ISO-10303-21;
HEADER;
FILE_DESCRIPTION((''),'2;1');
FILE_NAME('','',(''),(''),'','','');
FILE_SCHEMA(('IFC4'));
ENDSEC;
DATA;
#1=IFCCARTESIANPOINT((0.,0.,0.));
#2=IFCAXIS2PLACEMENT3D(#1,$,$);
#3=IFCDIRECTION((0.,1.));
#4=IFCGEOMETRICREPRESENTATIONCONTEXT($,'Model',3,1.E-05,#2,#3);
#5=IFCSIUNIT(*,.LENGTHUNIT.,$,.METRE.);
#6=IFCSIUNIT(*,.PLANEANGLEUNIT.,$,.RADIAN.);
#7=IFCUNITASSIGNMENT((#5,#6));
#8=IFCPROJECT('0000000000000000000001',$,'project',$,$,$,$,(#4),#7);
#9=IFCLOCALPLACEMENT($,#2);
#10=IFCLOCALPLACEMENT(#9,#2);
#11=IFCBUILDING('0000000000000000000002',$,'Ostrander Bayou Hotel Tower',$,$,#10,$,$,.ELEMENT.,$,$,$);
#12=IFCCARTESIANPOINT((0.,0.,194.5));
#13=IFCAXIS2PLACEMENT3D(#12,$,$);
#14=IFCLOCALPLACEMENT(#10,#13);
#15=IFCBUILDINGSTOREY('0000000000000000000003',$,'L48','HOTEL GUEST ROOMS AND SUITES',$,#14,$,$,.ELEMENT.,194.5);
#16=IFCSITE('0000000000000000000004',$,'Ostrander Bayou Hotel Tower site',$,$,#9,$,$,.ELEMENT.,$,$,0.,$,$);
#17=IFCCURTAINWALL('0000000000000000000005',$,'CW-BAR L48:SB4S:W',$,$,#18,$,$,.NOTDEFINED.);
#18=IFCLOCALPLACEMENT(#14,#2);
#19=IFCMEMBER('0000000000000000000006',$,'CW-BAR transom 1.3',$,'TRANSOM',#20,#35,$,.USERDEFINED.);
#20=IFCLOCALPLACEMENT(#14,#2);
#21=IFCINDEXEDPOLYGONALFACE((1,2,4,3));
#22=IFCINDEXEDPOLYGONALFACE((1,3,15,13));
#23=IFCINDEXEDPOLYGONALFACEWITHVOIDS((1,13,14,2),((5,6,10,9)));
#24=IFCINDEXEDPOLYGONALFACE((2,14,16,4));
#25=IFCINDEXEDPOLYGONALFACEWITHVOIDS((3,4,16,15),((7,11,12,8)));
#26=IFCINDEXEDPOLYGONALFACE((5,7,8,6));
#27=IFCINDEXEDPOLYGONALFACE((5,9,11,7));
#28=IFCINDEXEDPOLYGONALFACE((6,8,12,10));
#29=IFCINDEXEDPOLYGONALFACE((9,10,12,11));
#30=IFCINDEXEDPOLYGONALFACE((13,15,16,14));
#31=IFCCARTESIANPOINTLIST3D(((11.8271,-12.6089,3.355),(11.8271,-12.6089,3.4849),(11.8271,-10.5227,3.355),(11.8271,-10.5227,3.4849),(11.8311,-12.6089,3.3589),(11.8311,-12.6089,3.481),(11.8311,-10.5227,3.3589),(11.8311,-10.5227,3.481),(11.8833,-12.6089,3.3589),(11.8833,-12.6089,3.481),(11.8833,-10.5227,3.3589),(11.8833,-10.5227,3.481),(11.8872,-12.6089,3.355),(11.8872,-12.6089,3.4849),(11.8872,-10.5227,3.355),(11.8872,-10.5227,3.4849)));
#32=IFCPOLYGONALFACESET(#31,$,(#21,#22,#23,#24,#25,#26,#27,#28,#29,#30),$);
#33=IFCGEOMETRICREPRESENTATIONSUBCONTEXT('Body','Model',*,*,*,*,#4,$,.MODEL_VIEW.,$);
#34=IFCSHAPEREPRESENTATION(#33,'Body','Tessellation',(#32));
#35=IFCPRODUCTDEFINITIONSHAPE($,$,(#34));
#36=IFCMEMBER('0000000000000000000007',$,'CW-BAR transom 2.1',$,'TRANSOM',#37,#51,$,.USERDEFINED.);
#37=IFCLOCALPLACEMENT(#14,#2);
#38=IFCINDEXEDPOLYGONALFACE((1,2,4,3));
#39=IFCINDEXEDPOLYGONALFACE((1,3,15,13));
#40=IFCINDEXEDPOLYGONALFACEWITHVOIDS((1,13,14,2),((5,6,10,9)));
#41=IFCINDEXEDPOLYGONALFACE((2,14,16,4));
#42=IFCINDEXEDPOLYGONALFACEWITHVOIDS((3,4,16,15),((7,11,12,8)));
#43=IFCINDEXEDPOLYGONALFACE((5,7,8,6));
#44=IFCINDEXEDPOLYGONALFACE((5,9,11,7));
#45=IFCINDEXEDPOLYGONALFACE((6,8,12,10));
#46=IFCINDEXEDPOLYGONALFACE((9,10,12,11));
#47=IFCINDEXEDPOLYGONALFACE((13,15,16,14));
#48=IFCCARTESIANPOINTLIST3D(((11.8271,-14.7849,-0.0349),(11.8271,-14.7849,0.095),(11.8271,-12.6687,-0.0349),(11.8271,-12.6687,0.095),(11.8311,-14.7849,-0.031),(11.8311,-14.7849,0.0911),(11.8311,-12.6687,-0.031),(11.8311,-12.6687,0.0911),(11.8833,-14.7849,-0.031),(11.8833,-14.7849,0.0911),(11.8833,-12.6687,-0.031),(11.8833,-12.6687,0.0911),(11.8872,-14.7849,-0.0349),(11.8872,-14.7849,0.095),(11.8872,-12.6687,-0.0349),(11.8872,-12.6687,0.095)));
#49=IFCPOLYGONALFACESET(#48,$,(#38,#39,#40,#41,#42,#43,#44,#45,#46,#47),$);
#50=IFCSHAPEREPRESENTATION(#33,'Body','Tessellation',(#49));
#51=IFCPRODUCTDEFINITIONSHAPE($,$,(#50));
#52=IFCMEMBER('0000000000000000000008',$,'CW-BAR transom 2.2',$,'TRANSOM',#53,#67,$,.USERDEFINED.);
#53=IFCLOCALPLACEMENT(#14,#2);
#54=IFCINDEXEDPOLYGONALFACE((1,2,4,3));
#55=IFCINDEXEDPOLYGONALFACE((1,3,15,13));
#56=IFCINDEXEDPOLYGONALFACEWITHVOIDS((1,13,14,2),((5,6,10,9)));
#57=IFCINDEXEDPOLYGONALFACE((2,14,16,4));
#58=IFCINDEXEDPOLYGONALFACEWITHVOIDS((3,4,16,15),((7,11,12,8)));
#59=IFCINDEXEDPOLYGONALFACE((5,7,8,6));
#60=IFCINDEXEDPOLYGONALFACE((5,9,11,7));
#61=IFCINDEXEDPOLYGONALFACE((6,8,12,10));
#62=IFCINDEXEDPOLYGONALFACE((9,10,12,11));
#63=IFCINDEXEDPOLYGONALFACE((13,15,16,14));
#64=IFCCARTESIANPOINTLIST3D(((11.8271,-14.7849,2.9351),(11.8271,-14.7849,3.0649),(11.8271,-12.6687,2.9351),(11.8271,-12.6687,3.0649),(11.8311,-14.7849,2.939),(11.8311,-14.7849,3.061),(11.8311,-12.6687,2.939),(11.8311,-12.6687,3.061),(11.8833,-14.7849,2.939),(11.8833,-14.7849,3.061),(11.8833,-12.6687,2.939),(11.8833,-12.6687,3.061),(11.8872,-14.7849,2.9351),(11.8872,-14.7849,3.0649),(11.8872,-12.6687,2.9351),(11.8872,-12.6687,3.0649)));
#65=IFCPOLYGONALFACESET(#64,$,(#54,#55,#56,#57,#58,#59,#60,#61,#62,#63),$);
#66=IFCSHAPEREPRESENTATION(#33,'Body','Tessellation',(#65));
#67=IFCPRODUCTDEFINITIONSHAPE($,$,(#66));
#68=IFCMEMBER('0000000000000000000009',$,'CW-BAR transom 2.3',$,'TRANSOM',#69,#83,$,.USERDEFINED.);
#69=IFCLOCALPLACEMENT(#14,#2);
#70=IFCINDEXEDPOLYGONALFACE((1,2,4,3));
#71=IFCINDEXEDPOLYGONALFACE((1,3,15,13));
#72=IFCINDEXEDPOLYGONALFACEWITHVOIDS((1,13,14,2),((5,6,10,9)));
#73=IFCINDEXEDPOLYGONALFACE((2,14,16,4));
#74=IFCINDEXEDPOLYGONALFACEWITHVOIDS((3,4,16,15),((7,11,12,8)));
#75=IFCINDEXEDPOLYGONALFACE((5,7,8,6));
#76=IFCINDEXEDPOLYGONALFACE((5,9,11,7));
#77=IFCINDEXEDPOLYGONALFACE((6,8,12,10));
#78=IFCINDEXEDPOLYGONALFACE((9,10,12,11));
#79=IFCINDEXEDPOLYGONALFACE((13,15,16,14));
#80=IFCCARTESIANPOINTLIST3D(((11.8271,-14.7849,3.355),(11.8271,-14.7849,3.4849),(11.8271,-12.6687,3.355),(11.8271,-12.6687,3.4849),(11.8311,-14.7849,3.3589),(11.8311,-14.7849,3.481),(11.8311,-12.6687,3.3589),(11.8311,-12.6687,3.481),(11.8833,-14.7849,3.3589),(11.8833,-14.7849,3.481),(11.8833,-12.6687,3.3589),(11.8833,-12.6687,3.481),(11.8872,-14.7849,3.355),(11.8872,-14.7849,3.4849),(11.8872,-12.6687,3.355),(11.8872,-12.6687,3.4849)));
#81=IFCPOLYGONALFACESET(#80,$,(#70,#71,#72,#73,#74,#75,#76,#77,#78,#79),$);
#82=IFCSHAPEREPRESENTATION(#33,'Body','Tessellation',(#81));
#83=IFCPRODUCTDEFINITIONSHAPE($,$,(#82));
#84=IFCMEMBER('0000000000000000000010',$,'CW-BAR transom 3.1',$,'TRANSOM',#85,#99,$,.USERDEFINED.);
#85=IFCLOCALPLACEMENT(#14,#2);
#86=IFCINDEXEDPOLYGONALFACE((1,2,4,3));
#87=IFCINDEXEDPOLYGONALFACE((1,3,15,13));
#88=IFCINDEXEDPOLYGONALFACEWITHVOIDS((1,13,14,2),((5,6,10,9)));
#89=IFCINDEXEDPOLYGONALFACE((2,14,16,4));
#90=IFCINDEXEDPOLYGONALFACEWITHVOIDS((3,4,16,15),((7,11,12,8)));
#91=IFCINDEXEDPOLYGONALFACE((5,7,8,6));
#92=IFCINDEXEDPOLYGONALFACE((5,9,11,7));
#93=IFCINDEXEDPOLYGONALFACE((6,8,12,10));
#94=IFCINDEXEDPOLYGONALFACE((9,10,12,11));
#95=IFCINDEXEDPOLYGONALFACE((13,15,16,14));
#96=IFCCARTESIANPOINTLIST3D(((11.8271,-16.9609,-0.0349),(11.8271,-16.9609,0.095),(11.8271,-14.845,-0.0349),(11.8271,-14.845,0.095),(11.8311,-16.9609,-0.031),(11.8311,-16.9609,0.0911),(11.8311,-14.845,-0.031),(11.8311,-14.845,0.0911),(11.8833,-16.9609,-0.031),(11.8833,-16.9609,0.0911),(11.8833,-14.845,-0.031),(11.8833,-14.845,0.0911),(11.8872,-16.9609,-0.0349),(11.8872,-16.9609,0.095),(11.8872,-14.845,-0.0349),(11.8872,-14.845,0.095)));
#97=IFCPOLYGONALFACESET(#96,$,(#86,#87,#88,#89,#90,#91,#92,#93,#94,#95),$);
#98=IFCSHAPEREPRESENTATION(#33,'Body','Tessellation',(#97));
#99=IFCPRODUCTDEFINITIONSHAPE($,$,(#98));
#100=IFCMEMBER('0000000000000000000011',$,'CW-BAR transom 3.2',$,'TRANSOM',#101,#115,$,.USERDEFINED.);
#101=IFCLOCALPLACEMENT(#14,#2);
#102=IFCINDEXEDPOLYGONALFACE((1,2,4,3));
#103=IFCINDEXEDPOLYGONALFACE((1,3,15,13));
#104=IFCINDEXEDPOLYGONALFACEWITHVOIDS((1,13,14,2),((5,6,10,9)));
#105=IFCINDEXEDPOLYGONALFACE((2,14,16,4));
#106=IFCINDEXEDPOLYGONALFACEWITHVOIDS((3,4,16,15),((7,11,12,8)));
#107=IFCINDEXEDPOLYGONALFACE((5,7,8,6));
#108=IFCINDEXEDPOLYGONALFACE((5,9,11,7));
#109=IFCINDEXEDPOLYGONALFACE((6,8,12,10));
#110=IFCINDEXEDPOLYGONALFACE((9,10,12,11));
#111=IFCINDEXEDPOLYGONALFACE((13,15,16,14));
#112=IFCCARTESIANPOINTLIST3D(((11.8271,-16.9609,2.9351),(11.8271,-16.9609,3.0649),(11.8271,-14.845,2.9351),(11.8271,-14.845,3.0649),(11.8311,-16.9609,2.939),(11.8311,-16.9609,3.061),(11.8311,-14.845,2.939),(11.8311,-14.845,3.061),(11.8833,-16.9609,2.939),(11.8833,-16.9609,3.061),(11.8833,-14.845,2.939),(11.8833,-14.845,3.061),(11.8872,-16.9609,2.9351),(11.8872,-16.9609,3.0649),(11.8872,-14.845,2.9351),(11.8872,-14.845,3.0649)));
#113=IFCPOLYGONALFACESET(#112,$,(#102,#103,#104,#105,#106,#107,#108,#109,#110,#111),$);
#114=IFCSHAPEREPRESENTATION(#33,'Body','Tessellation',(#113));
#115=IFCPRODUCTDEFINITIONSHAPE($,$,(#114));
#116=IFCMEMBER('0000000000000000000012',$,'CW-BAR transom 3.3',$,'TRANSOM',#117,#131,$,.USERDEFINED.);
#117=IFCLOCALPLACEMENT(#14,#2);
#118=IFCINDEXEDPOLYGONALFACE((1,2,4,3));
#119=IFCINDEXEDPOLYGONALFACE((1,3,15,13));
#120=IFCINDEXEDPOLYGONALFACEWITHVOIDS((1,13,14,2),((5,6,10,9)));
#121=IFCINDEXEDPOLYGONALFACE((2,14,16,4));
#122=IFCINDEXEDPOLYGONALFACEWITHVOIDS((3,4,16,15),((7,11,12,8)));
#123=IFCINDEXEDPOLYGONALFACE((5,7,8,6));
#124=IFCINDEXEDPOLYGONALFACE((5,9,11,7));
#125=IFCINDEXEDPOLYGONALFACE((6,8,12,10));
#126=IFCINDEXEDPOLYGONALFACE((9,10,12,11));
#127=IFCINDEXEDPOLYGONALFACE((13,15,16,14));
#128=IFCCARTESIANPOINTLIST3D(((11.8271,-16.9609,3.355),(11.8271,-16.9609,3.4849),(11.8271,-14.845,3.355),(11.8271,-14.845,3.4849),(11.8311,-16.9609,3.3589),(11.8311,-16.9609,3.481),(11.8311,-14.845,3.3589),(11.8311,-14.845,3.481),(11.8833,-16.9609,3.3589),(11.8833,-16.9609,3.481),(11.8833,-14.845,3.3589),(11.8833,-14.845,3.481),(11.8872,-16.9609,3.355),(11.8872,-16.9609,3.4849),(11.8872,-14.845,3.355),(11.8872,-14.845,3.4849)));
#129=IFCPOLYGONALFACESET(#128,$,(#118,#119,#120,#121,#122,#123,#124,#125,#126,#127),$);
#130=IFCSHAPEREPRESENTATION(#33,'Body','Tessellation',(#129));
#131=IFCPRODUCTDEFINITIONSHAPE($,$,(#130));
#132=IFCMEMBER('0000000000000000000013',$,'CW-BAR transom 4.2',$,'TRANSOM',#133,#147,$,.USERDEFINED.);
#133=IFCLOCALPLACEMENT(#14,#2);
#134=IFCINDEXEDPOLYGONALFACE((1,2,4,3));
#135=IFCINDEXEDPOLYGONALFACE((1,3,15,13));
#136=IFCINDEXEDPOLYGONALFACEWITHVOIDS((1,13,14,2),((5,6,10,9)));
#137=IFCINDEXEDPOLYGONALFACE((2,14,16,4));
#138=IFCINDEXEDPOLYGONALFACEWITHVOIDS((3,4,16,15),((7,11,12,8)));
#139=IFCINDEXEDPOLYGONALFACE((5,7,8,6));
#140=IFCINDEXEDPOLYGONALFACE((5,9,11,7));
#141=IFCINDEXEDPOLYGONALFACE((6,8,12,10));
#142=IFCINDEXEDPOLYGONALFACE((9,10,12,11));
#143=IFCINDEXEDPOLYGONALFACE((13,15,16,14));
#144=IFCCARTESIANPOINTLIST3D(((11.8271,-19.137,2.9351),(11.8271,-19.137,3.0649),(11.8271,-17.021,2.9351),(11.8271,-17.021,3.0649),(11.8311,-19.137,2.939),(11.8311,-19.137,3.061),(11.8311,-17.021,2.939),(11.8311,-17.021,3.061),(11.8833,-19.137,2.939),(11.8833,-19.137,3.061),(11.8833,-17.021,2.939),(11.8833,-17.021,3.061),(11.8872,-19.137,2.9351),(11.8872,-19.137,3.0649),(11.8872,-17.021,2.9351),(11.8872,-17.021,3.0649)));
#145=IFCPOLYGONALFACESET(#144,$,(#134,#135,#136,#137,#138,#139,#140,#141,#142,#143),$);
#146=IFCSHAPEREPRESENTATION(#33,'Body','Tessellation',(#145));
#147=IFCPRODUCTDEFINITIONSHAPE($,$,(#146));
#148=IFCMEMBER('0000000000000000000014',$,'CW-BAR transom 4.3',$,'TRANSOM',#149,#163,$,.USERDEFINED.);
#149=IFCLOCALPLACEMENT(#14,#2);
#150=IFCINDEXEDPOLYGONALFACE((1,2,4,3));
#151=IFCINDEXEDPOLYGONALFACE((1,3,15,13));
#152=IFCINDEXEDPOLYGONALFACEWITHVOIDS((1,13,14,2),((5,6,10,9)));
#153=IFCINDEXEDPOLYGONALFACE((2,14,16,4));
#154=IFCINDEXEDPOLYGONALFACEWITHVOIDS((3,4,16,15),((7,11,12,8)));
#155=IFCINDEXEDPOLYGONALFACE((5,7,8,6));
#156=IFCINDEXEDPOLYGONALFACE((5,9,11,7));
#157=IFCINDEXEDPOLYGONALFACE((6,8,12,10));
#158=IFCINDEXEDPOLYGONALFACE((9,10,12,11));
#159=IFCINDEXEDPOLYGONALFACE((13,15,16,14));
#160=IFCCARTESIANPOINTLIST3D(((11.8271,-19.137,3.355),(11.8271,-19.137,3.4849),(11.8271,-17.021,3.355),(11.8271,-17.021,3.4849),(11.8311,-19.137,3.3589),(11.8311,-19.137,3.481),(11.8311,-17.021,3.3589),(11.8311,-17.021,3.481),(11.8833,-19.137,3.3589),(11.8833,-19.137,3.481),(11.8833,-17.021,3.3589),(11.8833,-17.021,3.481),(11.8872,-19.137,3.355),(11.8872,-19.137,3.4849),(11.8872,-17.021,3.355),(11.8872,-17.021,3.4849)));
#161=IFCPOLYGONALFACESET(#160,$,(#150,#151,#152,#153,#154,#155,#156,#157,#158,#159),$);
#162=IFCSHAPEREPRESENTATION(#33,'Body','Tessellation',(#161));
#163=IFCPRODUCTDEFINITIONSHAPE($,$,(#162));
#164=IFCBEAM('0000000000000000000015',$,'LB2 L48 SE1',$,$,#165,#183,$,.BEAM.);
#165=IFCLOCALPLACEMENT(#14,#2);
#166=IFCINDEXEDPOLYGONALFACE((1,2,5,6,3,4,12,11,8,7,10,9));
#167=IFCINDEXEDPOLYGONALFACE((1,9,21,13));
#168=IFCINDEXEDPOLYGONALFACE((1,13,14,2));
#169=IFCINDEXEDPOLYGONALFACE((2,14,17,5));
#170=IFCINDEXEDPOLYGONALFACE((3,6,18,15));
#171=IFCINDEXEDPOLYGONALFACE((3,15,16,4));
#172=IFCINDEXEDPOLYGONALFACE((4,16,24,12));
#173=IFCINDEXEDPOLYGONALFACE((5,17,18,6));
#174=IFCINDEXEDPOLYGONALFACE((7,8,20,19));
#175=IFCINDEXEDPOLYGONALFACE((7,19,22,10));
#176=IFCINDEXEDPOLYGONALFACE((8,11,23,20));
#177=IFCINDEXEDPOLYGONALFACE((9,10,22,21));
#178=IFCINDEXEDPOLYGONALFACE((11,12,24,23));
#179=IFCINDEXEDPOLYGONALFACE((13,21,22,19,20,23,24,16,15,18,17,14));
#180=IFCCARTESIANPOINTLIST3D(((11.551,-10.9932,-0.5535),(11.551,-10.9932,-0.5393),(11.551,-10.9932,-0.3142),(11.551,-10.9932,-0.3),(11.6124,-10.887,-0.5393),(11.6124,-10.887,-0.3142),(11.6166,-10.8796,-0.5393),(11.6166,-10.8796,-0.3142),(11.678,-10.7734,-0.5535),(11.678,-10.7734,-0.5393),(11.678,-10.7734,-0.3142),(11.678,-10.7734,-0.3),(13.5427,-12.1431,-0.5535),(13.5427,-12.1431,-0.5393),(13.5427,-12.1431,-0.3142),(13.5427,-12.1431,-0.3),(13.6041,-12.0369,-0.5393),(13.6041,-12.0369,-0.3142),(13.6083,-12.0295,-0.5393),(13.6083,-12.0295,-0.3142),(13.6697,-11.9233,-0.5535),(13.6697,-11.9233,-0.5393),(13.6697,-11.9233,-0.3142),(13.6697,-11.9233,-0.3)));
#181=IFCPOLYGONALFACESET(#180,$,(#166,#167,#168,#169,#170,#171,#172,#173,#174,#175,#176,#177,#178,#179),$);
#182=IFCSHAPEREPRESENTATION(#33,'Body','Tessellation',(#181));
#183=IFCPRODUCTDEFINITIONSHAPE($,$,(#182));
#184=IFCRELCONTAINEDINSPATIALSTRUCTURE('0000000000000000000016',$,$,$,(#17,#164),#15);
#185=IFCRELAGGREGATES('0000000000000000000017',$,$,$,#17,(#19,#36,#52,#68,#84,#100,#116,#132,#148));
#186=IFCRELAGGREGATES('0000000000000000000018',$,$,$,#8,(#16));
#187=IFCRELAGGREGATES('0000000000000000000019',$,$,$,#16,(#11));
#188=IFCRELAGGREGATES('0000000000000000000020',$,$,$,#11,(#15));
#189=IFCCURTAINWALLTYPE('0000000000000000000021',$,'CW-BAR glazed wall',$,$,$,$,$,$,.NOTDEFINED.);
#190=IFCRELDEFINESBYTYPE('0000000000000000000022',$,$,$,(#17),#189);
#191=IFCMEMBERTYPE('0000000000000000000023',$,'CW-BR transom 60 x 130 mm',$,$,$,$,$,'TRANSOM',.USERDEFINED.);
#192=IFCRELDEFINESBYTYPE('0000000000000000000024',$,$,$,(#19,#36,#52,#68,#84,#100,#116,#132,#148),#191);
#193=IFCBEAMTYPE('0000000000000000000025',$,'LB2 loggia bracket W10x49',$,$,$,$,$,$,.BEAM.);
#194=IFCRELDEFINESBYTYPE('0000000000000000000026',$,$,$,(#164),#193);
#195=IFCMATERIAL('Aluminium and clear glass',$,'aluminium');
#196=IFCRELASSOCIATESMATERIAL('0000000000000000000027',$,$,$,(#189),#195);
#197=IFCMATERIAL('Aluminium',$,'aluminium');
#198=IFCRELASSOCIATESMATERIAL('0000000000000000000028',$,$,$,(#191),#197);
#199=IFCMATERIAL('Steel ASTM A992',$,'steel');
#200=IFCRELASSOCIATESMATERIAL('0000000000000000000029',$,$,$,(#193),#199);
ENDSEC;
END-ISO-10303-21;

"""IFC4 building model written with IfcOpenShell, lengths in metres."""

from ifc_helpers import new_model, si_unit, direction, frame, origin, origin_2d, place, context, subcontext, project, spatial, hollow_rectangle, i_section, extrude, material, material_profile, profile_set, type_object, element, aggregate, save


model = new_model("IFC4")

# Units and contexts
model_context = context("Model", 3, precision=1e-05, world=origin(), true_north=direction((0.0, 1.0)))
body_context = subcontext(model_context, "Body", "Model", "MODEL_VIEW")
ifc_project = project(units=[si_unit("LENGTHUNIT", "METRE"), si_unit("PLANEANGLEUNIT", "RADIAN")], contexts=[model_context])

# Site, building, storey
site_placement = place(None, origin())
site = spatial("IfcSite", under=ifc_project, at=site_placement, Name="Ostrander Bayou Hotel Tower site", CompositionType="ELEMENT", RefElevation=0.0)
building_placement = place(site_placement, origin())
building = spatial("IfcBuilding", under=site, at=building_placement, Name="Ostrander Bayou Hotel Tower", CompositionType="ELEMENT")
storey_placement = place(building_placement, frame((0.0, 0.0, 194.5)))
storey = spatial("IfcBuildingStorey", under=building, at=storey_placement, Name="L48", Description="HOTEL GUEST ROOMS AND SUITES", CompositionType="ELEMENT", Elevation=194.5)

# Curtain wall, members
ifc_material_1 = material(Name="Aluminium and clear glass", Category="aluminium")
curtain_wall_type = type_object("IfcCurtainWallType", Name="CW-BAR glazed wall", PredefinedType="NOTDEFINED", material=ifc_material_1)
curtain_wall_placement = place(storey_placement, origin())
curtain_wall = element("IfcCurtainWall", 1, at=curtain_wall_placement, inside=storey, type_object=curtain_wall_type, Name="CW-BAR L48:SB4S:W", PredefinedType="NOTDEFINED")
ifc_material_2 = material(Name="Aluminium", Category="aluminium")
ifc_material_profile_1 = material_profile(ifc_material_2, hollow_rectangle(XDim=0.0601, YDim=0.1299, WallThickness=0.0039, at=origin_2d()))
ifc_profile_set_1 = profile_set([ifc_material_profile_1], Name="Aluminium")
member_type_1 = type_object("IfcMemberType", Name="CW-BR transom 60 x 130 mm", ElementType="TRANSOM", PredefinedType="USERDEFINED", material=ifc_profile_set_1)
member_1_placement = place(storey_placement, frame((11.8572, -10.5227, 3.4199), z_axis=(0.0, -1.0, 0.0), x_axis=(1.0, 0.0, 0.0)))
member_1 = element("IfcMember", 2, at=member_1_placement, type_object=member_type_1, Name="CW-BAR transom 1.3", ObjectType="TRANSOM", PredefinedType="USERDEFINED", context=body_context, shape_type="SweptSolid", body=[
    extrude(hollow_rectangle(XDim=0.0601, YDim=0.1299, WallThickness=0.0039, at=origin_2d()), origin(), (0.0, 0.0, 1.0), 2.0862),
])
member_2_placement = place(storey_placement, frame((11.8572, -12.6687, 0.03), z_axis=(0.0, -1.0, 0.0), x_axis=(1.0, 0.0, 0.0)))
member_2 = element("IfcMember", 3, at=member_2_placement, type_object=member_type_1, Name="CW-BAR transom 2.1", ObjectType="TRANSOM", PredefinedType="USERDEFINED", context=body_context, shape_type="SweptSolid", body=[
    extrude(hollow_rectangle(XDim=0.0601, YDim=0.1299, WallThickness=0.0039, at=origin_2d()), origin(), (0.0, 0.0, 1.0), 2.1162),
])
member_3_placement = place(storey_placement, frame((11.8572, -12.6687, 3.0), z_axis=(0.0, -1.0, 0.0), x_axis=(1.0, 0.0, 0.0)))
member_3 = element("IfcMember", 4, at=member_3_placement, type_object=member_type_1, Name="CW-BAR transom 2.2", ObjectType="TRANSOM", PredefinedType="USERDEFINED", context=body_context, shape_type="SweptSolid", body=[
    extrude(hollow_rectangle(XDim=0.0601, YDim=0.1299, WallThickness=0.0039, at=origin_2d()), origin(), (0.0, 0.0, 1.0), 2.1162),
])
member_4_placement = place(storey_placement, frame((11.8572, -12.6687, 3.4199), z_axis=(0.0, -1.0, 0.0), x_axis=(1.0, 0.0, 0.0)))
member_4 = element("IfcMember", 5, at=member_4_placement, type_object=member_type_1, Name="CW-BAR transom 2.3", ObjectType="TRANSOM", PredefinedType="USERDEFINED", context=body_context, shape_type="SweptSolid", body=[
    extrude(hollow_rectangle(XDim=0.0601, YDim=0.1299, WallThickness=0.0039, at=origin_2d()), origin(), (0.0, 0.0, 1.0), 2.1162),
])
member_5_placement = place(storey_placement, frame((11.8572, -14.845, 0.03), z_axis=(0.0, -1.0, 0.0), x_axis=(1.0, 0.0, 0.0)))
member_5 = element("IfcMember", 6, at=member_5_placement, type_object=member_type_1, Name="CW-BAR transom 3.1", ObjectType="TRANSOM", PredefinedType="USERDEFINED", context=body_context, shape_type="SweptSolid", body=[
    extrude(hollow_rectangle(XDim=0.0601, YDim=0.1299, WallThickness=0.0039, at=origin_2d()), origin(), (0.0, 0.0, 1.0), 2.116),
])
member_6_placement = place(storey_placement, frame((11.8572, -14.845, 3.0), z_axis=(0.0, -1.0, 0.0), x_axis=(1.0, 0.0, 0.0)))
member_6 = element("IfcMember", 7, at=member_6_placement, type_object=member_type_1, Name="CW-BAR transom 3.2", ObjectType="TRANSOM", PredefinedType="USERDEFINED", context=body_context, shape_type="SweptSolid", body=[
    extrude(hollow_rectangle(XDim=0.0601, YDim=0.1299, WallThickness=0.0039, at=origin_2d()), origin(), (0.0, 0.0, 1.0), 2.116),
])
member_7_placement = place(storey_placement, frame((11.8572, -14.845, 3.4199), z_axis=(0.0, -1.0, 0.0), x_axis=(1.0, 0.0, 0.0)))
member_7 = element("IfcMember", 8, at=member_7_placement, type_object=member_type_1, Name="CW-BAR transom 3.3", ObjectType="TRANSOM", PredefinedType="USERDEFINED", context=body_context, shape_type="SweptSolid", body=[
    extrude(hollow_rectangle(XDim=0.0601, YDim=0.1299, WallThickness=0.0039, at=origin_2d()), origin(), (0.0, 0.0, 1.0), 2.116),
])
member_8_placement = place(storey_placement, frame((11.8572, -17.021, 3.0), z_axis=(0.0, -1.0, 0.0), x_axis=(1.0, 0.0, 0.0)))
member_8 = element("IfcMember", 9, at=member_8_placement, type_object=member_type_1, Name="CW-BAR transom 4.2", ObjectType="TRANSOM", PredefinedType="USERDEFINED", context=body_context, shape_type="SweptSolid", body=[
    extrude(hollow_rectangle(XDim=0.0601, YDim=0.1299, WallThickness=0.0039, at=origin_2d()), origin(), (0.0, 0.0, 1.0), 2.116),
])
member_9_placement = place(storey_placement, frame((11.8572, -17.021, 3.4199), z_axis=(0.0, -1.0, 0.0), x_axis=(1.0, 0.0, 0.0)))
member_9 = element("IfcMember", 10, at=member_9_placement, type_object=member_type_1, Name="CW-BAR transom 4.3", ObjectType="TRANSOM", PredefinedType="USERDEFINED", context=body_context, shape_type="SweptSolid", body=[
    extrude(hollow_rectangle(XDim=0.0601, YDim=0.1299, WallThickness=0.0039, at=origin_2d()), origin(), (0.0, 0.0, 1.0), 2.116),
])

# Beam
ifc_material_3 = material(Name="Steel ASTM A992", Category="steel")
ifc_material_profile_2 = material_profile(ifc_material_3, i_section(OverallWidth=0.2539, OverallDepth=0.2534, WebThickness=0.0085, FlangeThickness=0.0142, at=origin_2d()))
ifc_profile_set_2 = profile_set([ifc_material_profile_2], Name="Steel ASTM A992")
beam_type_1 = type_object("IfcBeamType", Name="LB2 loggia bracket W10x49", PredefinedType="BEAM", material=ifc_profile_set_2)
beam_1_placement = place(storey_placement, frame((13.6062, -12.0332, -0.4268), z_axis=(-0.866026, 0.499998, 0.0), x_axis=(-0.499998, -0.866026, 0.0)))
element("IfcBeam", 11, at=beam_1_placement, inside=storey, type_object=beam_type_1, Name="LB2 L48 SE1", PredefinedType="BEAM", context=body_context, shape_type="SweptSolid", body=[
    extrude(i_section(OverallWidth=0.2539, OverallDepth=0.2534, WebThickness=0.0085, FlangeThickness=0.0142, at=origin_2d()), origin(), (0.0, 0.0, 1.0), 2.2998),
])

aggregate(curtain_wall, [member_1, member_2, member_3, member_4, member_5, member_6, member_7, member_8, member_9])

save(model, "model.ifc")
